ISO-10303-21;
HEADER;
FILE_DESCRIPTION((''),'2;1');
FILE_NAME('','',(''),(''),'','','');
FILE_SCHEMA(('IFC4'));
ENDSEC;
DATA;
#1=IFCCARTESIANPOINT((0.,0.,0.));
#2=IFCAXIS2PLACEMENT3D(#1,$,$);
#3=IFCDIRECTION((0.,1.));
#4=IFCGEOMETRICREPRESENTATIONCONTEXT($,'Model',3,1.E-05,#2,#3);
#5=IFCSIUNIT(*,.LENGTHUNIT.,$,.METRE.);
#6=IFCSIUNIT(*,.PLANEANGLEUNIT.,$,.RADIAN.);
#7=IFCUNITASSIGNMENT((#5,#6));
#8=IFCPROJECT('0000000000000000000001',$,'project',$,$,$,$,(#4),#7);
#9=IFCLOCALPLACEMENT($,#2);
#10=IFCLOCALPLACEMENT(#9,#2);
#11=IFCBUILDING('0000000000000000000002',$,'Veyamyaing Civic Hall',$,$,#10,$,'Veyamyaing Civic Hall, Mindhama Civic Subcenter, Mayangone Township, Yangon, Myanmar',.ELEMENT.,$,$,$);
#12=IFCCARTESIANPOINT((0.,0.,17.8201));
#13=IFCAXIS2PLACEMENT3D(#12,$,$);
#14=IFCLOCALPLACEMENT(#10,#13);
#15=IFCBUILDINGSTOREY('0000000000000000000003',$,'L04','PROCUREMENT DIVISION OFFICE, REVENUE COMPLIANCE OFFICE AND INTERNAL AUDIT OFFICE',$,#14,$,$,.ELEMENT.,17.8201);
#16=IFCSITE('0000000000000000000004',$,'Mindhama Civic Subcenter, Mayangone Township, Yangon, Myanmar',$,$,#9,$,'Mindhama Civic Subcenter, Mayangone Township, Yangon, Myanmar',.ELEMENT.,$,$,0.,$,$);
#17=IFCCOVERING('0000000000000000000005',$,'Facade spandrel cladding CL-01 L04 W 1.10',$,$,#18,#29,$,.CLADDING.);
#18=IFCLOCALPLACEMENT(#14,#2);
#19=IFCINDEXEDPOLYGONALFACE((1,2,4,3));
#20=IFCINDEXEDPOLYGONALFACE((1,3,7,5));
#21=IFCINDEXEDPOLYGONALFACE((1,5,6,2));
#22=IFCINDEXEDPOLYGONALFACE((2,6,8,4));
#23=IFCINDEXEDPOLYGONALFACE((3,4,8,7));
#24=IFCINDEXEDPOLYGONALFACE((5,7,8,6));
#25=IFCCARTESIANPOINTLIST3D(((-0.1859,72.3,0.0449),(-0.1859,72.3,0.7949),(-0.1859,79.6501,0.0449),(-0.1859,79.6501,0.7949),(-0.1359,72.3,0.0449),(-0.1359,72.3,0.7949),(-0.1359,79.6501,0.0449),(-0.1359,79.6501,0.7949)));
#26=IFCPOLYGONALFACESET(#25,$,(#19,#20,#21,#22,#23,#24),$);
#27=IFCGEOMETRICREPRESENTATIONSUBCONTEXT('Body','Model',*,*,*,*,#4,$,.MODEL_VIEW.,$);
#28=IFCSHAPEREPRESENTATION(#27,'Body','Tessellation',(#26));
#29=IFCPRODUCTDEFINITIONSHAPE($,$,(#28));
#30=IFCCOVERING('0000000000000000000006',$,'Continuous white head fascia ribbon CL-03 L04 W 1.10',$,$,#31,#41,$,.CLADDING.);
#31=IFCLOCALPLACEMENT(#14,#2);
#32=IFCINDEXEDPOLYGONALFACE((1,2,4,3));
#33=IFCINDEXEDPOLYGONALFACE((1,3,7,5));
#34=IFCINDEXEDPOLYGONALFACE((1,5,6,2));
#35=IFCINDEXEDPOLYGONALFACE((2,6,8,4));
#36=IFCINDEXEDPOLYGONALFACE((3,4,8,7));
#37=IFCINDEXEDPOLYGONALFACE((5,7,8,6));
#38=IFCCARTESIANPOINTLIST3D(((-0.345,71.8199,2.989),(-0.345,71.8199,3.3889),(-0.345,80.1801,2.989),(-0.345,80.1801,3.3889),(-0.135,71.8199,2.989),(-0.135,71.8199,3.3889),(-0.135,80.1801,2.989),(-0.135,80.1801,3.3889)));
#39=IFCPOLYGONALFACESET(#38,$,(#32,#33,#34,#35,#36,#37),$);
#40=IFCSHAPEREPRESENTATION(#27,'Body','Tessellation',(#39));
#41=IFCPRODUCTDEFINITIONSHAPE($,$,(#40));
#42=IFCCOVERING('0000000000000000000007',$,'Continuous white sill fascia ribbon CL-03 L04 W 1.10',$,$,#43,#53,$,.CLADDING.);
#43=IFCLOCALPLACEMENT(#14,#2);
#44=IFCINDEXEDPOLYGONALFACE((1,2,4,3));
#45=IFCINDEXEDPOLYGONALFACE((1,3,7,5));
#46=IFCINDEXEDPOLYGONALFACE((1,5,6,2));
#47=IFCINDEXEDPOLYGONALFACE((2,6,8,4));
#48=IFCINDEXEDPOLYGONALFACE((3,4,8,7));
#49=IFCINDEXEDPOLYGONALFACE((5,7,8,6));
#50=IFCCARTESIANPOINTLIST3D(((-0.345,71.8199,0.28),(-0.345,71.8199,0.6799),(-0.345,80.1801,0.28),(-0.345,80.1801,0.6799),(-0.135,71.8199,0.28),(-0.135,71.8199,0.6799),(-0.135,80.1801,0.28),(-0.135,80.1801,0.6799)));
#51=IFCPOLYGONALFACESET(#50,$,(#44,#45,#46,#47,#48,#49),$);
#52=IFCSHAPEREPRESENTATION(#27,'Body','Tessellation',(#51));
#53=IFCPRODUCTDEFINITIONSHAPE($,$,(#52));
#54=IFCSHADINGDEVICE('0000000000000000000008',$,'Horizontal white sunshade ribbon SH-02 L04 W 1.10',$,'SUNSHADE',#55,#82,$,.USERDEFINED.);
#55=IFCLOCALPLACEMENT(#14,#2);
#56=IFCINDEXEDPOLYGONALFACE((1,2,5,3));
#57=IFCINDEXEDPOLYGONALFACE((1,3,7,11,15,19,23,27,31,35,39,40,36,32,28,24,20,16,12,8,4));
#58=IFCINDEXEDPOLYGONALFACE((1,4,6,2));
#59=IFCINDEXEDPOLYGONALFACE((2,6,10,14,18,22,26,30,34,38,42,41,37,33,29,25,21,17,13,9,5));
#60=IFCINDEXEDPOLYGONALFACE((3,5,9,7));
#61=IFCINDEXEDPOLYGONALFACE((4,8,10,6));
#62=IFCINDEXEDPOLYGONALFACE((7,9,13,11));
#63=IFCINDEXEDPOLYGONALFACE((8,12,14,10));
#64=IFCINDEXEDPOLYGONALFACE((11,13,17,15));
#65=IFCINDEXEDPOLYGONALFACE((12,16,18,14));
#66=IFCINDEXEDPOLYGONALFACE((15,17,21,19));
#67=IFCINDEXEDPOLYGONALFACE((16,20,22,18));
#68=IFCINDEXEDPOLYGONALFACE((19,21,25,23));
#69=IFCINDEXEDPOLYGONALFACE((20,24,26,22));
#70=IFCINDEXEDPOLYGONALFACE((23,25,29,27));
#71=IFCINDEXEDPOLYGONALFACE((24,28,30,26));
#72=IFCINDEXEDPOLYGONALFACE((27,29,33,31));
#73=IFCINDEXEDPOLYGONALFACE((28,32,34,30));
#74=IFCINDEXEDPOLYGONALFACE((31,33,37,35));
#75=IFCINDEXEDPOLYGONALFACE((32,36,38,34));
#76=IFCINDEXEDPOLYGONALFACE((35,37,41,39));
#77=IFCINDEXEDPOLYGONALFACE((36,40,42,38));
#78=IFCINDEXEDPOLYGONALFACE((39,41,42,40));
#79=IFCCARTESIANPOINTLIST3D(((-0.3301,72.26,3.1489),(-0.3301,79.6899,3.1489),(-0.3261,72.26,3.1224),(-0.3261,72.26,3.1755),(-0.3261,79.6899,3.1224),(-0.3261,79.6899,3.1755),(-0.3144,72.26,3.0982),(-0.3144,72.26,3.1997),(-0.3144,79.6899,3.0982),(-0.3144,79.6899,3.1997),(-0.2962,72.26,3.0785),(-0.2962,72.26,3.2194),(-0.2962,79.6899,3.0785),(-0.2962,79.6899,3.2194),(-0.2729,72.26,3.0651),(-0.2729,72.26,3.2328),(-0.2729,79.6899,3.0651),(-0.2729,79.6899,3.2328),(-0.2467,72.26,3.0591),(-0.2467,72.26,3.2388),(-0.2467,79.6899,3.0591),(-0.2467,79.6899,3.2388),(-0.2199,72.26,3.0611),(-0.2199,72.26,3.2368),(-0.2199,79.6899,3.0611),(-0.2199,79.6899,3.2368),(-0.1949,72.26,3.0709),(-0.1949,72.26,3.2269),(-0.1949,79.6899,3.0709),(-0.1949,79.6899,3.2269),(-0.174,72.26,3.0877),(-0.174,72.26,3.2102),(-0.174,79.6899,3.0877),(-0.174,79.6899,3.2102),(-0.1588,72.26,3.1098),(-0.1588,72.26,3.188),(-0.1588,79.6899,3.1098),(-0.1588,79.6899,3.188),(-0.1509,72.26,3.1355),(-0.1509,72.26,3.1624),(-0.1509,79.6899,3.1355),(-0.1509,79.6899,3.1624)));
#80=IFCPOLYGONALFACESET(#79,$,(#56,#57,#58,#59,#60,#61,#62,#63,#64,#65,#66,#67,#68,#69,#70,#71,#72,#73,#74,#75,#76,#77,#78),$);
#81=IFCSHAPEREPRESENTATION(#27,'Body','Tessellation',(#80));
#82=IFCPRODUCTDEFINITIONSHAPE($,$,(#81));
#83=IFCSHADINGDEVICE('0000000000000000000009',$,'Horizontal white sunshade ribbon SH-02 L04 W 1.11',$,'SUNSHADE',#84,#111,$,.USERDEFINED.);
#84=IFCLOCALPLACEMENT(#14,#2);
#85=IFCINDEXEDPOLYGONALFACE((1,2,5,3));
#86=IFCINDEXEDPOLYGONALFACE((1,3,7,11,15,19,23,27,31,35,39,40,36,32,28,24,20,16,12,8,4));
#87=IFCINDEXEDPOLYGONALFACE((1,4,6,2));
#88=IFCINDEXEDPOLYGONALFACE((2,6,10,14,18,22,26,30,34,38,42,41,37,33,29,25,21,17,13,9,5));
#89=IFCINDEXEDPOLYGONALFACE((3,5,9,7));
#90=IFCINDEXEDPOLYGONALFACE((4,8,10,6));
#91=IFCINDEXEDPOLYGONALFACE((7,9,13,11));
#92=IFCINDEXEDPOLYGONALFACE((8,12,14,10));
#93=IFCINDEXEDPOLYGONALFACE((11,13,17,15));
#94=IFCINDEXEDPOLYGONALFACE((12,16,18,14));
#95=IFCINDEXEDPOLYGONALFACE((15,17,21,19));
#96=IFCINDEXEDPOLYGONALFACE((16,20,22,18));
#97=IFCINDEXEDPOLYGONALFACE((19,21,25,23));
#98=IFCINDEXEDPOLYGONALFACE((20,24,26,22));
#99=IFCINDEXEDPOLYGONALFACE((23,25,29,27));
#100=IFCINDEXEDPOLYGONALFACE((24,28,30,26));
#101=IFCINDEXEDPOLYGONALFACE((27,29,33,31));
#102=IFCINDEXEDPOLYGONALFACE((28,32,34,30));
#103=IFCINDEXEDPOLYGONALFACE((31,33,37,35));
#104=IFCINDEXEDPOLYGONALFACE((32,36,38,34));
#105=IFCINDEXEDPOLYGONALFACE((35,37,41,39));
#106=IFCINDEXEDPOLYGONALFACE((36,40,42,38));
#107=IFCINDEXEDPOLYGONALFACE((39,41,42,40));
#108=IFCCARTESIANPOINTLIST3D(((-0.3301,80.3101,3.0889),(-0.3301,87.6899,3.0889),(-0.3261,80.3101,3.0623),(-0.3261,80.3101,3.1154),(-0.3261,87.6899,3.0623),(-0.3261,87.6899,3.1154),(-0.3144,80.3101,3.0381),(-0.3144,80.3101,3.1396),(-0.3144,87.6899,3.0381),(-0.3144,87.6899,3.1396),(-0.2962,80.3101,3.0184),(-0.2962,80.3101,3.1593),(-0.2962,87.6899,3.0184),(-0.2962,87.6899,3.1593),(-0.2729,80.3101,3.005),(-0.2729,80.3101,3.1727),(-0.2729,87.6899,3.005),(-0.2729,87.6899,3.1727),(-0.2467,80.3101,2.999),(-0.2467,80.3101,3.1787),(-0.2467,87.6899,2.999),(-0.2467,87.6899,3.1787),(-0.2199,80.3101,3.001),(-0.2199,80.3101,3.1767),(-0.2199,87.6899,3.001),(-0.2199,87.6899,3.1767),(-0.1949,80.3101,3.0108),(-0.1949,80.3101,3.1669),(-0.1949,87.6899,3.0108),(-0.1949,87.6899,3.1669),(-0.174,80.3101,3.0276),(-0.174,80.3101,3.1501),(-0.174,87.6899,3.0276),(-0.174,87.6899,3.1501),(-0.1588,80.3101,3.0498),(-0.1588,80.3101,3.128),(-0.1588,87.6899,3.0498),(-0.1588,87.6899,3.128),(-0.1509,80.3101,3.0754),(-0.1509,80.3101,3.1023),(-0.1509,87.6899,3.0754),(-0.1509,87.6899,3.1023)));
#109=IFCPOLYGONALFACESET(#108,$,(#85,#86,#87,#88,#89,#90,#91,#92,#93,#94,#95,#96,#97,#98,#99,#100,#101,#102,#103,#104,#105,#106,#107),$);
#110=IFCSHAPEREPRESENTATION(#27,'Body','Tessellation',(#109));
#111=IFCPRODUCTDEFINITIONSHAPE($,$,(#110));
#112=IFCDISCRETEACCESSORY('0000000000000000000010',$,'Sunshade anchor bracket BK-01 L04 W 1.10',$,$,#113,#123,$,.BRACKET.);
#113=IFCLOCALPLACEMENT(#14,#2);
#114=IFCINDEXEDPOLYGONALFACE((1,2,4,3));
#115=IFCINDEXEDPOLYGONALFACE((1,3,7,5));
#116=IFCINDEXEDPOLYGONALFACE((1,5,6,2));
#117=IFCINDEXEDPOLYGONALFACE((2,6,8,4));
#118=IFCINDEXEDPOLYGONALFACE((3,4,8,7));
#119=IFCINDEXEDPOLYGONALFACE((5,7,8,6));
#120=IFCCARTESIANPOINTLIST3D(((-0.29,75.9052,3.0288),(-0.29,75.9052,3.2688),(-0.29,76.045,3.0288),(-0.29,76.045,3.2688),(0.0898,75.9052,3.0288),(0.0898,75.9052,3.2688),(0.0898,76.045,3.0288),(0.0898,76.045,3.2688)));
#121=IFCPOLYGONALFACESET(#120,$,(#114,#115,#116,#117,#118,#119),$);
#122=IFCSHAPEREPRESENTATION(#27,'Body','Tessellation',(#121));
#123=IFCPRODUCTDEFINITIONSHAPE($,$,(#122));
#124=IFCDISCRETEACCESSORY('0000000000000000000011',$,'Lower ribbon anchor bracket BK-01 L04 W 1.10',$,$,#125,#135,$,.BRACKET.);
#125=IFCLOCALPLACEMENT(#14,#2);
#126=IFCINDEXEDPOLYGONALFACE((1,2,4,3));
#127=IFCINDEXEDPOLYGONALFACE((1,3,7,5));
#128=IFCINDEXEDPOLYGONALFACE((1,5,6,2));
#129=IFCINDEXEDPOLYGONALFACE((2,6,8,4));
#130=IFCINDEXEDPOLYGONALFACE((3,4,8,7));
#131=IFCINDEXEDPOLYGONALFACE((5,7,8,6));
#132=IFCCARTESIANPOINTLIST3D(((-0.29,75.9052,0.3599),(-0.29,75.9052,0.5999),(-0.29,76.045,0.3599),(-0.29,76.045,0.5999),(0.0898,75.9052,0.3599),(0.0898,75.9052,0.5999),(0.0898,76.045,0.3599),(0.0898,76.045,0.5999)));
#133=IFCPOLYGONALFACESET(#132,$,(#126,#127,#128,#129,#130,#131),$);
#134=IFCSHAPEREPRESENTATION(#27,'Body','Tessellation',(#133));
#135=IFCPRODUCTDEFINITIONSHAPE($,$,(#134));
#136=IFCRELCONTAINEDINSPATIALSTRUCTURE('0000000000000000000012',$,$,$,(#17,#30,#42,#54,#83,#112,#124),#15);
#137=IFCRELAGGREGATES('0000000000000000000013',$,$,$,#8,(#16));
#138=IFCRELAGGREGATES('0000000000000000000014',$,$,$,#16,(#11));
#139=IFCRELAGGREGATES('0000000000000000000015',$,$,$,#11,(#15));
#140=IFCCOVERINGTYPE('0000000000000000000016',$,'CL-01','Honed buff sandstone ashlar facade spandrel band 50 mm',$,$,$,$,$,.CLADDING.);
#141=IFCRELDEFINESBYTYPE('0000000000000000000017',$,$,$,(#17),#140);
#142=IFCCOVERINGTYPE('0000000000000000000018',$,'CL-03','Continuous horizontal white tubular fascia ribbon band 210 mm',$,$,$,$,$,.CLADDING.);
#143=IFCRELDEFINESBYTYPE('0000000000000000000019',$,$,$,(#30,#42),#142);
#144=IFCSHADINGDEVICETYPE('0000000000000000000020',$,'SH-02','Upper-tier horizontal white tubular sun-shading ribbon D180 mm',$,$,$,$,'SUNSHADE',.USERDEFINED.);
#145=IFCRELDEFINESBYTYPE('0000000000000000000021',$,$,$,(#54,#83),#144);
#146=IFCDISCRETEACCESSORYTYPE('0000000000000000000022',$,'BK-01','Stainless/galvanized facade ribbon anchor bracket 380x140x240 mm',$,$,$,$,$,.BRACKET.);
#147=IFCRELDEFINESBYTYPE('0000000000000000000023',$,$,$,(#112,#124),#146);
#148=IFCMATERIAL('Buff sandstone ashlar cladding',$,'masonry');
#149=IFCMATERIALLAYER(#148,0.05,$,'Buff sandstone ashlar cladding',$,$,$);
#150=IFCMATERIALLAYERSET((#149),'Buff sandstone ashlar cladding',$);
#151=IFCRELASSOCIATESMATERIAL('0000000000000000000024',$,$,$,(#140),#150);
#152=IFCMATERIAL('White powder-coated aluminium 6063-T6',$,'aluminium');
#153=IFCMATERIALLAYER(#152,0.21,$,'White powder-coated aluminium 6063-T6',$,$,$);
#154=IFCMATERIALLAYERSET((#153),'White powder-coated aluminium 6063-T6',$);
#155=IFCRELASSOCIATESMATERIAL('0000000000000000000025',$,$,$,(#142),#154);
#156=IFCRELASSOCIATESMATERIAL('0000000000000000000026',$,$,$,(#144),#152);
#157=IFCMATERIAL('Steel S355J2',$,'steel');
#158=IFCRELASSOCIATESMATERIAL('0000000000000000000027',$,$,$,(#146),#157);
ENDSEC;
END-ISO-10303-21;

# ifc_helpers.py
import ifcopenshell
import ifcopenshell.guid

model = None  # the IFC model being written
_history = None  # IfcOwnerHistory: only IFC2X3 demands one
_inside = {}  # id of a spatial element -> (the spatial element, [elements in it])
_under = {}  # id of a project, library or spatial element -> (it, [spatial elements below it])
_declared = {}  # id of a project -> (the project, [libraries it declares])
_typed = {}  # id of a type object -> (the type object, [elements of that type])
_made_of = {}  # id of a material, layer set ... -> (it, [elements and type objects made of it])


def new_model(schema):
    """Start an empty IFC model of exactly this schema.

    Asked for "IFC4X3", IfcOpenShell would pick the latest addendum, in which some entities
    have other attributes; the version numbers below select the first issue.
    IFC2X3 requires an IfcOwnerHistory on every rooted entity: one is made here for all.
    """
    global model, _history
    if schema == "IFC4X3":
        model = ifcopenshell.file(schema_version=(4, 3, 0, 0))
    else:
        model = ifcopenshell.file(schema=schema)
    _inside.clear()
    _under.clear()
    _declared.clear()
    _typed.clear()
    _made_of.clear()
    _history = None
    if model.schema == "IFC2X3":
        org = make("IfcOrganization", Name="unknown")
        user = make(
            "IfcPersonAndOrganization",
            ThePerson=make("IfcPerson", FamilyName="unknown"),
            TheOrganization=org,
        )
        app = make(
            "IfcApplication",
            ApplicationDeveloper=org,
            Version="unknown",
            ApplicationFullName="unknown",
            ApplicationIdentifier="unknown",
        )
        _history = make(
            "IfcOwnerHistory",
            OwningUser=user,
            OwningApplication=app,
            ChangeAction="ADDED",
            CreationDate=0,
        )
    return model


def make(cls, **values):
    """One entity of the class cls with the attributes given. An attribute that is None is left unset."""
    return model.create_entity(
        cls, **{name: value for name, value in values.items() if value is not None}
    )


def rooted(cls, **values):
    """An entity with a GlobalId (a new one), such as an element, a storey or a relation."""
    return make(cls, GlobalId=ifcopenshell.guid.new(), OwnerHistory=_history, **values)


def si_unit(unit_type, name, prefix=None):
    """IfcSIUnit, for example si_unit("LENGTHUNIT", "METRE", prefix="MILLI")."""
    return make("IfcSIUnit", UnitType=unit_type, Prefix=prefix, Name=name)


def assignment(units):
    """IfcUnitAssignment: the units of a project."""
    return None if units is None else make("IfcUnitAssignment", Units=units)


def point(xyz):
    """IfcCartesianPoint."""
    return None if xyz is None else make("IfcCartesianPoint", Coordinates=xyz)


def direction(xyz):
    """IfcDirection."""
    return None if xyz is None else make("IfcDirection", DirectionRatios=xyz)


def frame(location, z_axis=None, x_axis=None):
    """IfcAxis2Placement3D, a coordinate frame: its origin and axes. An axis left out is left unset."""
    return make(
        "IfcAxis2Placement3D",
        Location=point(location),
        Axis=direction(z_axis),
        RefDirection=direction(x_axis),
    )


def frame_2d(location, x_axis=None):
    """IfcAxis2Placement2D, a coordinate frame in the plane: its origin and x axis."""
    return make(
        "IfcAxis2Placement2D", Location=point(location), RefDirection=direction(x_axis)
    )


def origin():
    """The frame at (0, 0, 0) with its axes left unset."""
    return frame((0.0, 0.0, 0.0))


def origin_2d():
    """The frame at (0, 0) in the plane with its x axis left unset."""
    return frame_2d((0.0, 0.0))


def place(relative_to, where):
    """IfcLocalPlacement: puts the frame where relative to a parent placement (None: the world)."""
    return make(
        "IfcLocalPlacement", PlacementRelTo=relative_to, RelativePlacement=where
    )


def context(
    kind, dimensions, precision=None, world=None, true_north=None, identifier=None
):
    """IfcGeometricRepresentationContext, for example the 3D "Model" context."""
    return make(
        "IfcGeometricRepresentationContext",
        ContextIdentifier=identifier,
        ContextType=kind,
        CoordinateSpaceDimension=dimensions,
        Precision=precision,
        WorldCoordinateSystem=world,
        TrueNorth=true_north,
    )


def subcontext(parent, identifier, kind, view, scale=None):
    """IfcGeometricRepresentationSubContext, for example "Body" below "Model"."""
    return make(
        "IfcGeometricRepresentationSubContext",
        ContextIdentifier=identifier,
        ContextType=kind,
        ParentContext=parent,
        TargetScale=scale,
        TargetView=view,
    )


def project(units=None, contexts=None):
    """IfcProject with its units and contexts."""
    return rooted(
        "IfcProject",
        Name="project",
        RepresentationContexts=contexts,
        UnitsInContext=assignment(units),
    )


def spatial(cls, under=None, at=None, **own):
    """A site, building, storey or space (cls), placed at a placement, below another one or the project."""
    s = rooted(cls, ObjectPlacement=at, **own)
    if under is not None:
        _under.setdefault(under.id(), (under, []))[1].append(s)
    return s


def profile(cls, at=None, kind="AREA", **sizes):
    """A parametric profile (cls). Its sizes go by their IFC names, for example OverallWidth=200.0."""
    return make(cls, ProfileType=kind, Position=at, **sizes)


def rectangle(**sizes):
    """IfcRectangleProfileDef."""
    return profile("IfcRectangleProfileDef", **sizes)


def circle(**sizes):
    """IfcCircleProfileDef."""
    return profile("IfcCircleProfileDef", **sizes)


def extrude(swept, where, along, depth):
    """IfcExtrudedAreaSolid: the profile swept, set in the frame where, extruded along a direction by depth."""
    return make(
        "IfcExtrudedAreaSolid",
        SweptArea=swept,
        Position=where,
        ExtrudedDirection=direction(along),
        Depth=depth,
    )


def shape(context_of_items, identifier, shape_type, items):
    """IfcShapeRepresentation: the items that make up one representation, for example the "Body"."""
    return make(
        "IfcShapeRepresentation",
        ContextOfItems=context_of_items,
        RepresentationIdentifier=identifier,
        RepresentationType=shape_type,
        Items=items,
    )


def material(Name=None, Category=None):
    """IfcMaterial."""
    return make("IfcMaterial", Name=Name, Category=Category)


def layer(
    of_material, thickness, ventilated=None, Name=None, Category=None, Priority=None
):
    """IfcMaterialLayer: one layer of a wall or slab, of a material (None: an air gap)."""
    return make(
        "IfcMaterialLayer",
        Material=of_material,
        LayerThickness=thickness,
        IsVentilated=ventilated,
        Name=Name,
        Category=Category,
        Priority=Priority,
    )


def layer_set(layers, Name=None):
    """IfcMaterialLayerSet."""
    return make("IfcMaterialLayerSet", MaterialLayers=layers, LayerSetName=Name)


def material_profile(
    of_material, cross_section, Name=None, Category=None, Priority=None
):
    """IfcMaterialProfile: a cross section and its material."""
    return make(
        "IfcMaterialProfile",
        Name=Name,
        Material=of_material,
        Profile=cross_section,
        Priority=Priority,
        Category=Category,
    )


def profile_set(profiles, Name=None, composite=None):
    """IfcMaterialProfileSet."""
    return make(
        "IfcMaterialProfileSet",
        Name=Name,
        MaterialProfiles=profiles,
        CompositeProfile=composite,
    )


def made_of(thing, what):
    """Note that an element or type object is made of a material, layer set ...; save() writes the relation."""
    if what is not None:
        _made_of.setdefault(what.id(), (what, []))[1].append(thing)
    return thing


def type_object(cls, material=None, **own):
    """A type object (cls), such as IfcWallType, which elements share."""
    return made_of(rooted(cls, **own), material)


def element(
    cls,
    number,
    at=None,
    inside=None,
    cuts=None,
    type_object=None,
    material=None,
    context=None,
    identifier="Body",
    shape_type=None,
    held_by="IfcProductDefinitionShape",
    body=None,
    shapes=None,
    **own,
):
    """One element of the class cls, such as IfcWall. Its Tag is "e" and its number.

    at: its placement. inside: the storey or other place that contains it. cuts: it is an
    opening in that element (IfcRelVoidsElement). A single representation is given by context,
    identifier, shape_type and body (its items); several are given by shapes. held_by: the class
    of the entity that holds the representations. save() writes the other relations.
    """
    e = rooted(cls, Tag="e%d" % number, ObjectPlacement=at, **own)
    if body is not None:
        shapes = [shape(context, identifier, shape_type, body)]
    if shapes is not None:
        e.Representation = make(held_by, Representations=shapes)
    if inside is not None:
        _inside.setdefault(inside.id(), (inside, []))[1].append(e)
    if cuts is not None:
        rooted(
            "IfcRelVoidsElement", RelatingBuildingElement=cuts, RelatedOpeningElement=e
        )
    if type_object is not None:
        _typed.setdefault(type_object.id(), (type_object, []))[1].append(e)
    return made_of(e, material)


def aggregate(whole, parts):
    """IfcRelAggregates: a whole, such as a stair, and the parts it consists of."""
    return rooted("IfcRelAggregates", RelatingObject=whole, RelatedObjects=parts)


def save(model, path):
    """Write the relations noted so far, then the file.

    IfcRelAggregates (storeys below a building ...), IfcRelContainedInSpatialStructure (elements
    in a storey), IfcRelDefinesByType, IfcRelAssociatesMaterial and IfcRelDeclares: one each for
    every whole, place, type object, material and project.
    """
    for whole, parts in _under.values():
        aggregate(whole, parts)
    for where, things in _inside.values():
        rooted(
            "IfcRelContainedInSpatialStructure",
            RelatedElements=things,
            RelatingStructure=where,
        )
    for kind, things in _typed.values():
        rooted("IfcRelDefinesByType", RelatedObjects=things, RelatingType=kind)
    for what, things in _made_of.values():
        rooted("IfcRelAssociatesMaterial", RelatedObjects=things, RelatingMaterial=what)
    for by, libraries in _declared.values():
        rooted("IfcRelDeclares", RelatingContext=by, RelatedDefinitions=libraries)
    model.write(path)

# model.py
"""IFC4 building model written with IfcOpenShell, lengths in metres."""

from ifc_helpers import new_model, si_unit, direction, frame, origin, origin_2d, place, context, subcontext, project, spatial, rectangle, circle, extrude, material, layer, layer_set, material_profile, profile_set, type_object, element, save


model = new_model("IFC4")

# Units and contexts
model_context = context("Model", 3, precision=1e-05, world=origin(), true_north=direction((0.0, 1.0)))
body_context = subcontext(model_context, "Body", "Model", "MODEL_VIEW")
ifc_project = project(units=[si_unit("LENGTHUNIT", "METRE"), si_unit("PLANEANGLEUNIT", "RADIAN")], contexts=[model_context])

# Site, building, storey
site_placement = place(None, origin())
site = spatial("IfcSite", under=ifc_project, at=site_placement, Name="Mindhama Civic Subcenter, Mayangone Township, Yangon, Myanmar", LongName="Mindhama Civic Subcenter, Mayangone Township, Yangon, Myanmar", CompositionType="ELEMENT", RefElevation=0.0)
building_placement = place(site_placement, origin())
building = spatial("IfcBuilding", under=site, at=building_placement, Name="Veyamyaing Civic Hall", LongName="Veyamyaing Civic Hall, Mindhama Civic Subcenter, Mayangone Township, Yangon, Myanmar", CompositionType="ELEMENT")
storey_placement = place(building_placement, frame((0.0, 0.0, 17.8201)))
storey = spatial("IfcBuildingStorey", under=building, at=storey_placement, Name="L04", Description="PROCUREMENT DIVISION OFFICE, REVENUE COMPLIANCE OFFICE AND INTERNAL AUDIT OFFICE", CompositionType="ELEMENT", Elevation=17.8201)

# Coverings
ifc_material_1 = material(Name="Buff sandstone ashlar cladding", Category="masonry")
ifc_layer_1 = layer(ifc_material_1, 0.05, Name="Buff sandstone ashlar cladding")
ifc_layer_set_1 = layer_set([ifc_layer_1], Name="Buff sandstone ashlar cladding")
covering_type_1 = type_object("IfcCoveringType", Name="CL-01", Description="Honed buff sandstone ashlar facade spandrel band 50 mm", PredefinedType="CLADDING", material=ifc_layer_set_1)
covering_placement = place(storey_placement, frame((-0.1609, 75.9751, 0.0449), z_axis=(0.0, 0.0, 1.0), x_axis=(0.0, 1.0, 0.0)))
element("IfcCovering", 1, at=covering_placement, inside=storey, type_object=covering_type_1, Name="Facade spandrel cladding CL-01 L04 W 1.10", PredefinedType="CLADDING", context=body_context, shape_type="SweptSolid", body=[
    extrude(rectangle(XDim=7.3501, YDim=0.05, at=origin_2d()), origin(), (0.0, 0.0, 1.0), 0.75),
])
ifc_material_2 = material(Name="White powder-coated aluminium 6063-T6", Category="aluminium")
ifc_layer_2 = layer(ifc_material_2, 0.21, Name="White powder-coated aluminium 6063-T6")
ifc_layer_set_2 = layer_set([ifc_layer_2], Name="White powder-coated aluminium 6063-T6")
covering_type_2 = type_object("IfcCoveringType", Name="CL-03", Description="Continuous horizontal white tubular fascia ribbon band 210 mm", PredefinedType="CLADDING", material=ifc_layer_set_2)
for number, where, z_axis, x_axis, name in (
    (2, (-0.24, 76.0, 2.989), (0.0, 0.0, 1.0), (0.0, 1.0, 0.0), "Continuous white head fascia ribbon CL-03 L04 W 1.10"),
    (3, (-0.24, 76.0, 0.28), (0.0, 0.0, 1.0), (0.0, 1.0, 0.0), "Continuous white sill fascia ribbon CL-03 L04 W 1.10"),
):
    element("IfcCovering", number, at=place(storey_placement, frame(where, z_axis=z_axis, x_axis=x_axis)), inside=storey, type_object=covering_type_2, Name=name, PredefinedType="CLADDING", context=body_context, shape_type="SweptSolid", body=[
        extrude(rectangle(XDim=8.3601, YDim=0.21, at=origin_2d()), origin(), (0.0, 0.0, 1.0), 0.3999),
    ])

# Shading devices
ifc_material_profile_1 = material_profile(ifc_material_2, circle(Radius=0.0901, at=origin_2d()), Name="SHADE-TUBE-180")
ifc_profile_set_1 = profile_set([ifc_material_profile_1], Name="White powder-coated aluminium 6063-T6")
shading_device_type = type_object("IfcShadingDeviceType", Name="SH-02", Description="Upper-tier horizontal white tubular sun-shading ribbon D180 mm", ElementType="SUNSHADE", PredefinedType="USERDEFINED", material=ifc_profile_set_1)
shading_device_1_placement = place(storey_placement, frame((-0.24, 72.26, 3.1489), z_axis=(0.0, 1.0, 0.0), x_axis=(-1.0, 0.0, 0.0)))
element("IfcShadingDevice", 4, at=shading_device_1_placement, inside=storey, type_object=shading_device_type, Name="Horizontal white sunshade ribbon SH-02 L04 W 1.10", ObjectType="SUNSHADE", PredefinedType="USERDEFINED", context=body_context, shape_type="SweptSolid", body=[
    extrude(circle(Radius=0.0901, at=origin_2d()), origin(), (0.0, 0.0, 1.0), 7.4299),
])
shading_device_2_placement = place(storey_placement, frame((-0.24, 80.3101, 3.0889), z_axis=(0.0, 1.0, 0.0), x_axis=(-1.0, 0.0, 0.0)))
element("IfcShadingDevice", 5, at=shading_device_2_placement, inside=storey, type_object=shading_device_type, Name="Horizontal white sunshade ribbon SH-02 L04 W 1.11", ObjectType="SUNSHADE", PredefinedType="USERDEFINED", context=body_context, shape_type="SweptSolid", body=[
    extrude(circle(Radius=0.0901, at=origin_2d()), origin(), (0.0, 0.0, 1.0), 7.3799),
])

# Discrete accessories
ifc_material_3 = material(Name="Steel S355J2", Category="steel")
discrete_accessory_type = type_object("IfcDiscreteAccessoryType", Name="BK-01", Description="Stainless/galvanized facade ribbon anchor bracket 380x140x240 mm", PredefinedType="BRACKET", material=ifc_material_3)
for number, where, z_axis, x_axis, name in (
    (6, (-0.1001, 75.9751, 3.0288), (0.0, 0.0, 1.0), (-1.0, 0.0, 0.0), "Sunshade anchor bracket BK-01 L04 W 1.10"),
    (7, (-0.1001, 75.9751, 0.3599), (0.0, 0.0, 1.0), (-1.0, 0.0, 0.0), "Lower ribbon anchor bracket BK-01 L04 W 1.10"),
):
    element("IfcDiscreteAccessory", number, at=place(storey_placement, frame(where, z_axis=z_axis, x_axis=x_axis)), inside=storey, type_object=discrete_accessory_type, Name=name, PredefinedType="BRACKET", context=body_context, shape_type="SweptSolid", body=[
        extrude(rectangle(XDim=0.3799, YDim=0.1399, at=origin_2d()), origin(), (0.0, 0.0, 1.0), 0.24),
    ])

save(model, "model.ifc")
